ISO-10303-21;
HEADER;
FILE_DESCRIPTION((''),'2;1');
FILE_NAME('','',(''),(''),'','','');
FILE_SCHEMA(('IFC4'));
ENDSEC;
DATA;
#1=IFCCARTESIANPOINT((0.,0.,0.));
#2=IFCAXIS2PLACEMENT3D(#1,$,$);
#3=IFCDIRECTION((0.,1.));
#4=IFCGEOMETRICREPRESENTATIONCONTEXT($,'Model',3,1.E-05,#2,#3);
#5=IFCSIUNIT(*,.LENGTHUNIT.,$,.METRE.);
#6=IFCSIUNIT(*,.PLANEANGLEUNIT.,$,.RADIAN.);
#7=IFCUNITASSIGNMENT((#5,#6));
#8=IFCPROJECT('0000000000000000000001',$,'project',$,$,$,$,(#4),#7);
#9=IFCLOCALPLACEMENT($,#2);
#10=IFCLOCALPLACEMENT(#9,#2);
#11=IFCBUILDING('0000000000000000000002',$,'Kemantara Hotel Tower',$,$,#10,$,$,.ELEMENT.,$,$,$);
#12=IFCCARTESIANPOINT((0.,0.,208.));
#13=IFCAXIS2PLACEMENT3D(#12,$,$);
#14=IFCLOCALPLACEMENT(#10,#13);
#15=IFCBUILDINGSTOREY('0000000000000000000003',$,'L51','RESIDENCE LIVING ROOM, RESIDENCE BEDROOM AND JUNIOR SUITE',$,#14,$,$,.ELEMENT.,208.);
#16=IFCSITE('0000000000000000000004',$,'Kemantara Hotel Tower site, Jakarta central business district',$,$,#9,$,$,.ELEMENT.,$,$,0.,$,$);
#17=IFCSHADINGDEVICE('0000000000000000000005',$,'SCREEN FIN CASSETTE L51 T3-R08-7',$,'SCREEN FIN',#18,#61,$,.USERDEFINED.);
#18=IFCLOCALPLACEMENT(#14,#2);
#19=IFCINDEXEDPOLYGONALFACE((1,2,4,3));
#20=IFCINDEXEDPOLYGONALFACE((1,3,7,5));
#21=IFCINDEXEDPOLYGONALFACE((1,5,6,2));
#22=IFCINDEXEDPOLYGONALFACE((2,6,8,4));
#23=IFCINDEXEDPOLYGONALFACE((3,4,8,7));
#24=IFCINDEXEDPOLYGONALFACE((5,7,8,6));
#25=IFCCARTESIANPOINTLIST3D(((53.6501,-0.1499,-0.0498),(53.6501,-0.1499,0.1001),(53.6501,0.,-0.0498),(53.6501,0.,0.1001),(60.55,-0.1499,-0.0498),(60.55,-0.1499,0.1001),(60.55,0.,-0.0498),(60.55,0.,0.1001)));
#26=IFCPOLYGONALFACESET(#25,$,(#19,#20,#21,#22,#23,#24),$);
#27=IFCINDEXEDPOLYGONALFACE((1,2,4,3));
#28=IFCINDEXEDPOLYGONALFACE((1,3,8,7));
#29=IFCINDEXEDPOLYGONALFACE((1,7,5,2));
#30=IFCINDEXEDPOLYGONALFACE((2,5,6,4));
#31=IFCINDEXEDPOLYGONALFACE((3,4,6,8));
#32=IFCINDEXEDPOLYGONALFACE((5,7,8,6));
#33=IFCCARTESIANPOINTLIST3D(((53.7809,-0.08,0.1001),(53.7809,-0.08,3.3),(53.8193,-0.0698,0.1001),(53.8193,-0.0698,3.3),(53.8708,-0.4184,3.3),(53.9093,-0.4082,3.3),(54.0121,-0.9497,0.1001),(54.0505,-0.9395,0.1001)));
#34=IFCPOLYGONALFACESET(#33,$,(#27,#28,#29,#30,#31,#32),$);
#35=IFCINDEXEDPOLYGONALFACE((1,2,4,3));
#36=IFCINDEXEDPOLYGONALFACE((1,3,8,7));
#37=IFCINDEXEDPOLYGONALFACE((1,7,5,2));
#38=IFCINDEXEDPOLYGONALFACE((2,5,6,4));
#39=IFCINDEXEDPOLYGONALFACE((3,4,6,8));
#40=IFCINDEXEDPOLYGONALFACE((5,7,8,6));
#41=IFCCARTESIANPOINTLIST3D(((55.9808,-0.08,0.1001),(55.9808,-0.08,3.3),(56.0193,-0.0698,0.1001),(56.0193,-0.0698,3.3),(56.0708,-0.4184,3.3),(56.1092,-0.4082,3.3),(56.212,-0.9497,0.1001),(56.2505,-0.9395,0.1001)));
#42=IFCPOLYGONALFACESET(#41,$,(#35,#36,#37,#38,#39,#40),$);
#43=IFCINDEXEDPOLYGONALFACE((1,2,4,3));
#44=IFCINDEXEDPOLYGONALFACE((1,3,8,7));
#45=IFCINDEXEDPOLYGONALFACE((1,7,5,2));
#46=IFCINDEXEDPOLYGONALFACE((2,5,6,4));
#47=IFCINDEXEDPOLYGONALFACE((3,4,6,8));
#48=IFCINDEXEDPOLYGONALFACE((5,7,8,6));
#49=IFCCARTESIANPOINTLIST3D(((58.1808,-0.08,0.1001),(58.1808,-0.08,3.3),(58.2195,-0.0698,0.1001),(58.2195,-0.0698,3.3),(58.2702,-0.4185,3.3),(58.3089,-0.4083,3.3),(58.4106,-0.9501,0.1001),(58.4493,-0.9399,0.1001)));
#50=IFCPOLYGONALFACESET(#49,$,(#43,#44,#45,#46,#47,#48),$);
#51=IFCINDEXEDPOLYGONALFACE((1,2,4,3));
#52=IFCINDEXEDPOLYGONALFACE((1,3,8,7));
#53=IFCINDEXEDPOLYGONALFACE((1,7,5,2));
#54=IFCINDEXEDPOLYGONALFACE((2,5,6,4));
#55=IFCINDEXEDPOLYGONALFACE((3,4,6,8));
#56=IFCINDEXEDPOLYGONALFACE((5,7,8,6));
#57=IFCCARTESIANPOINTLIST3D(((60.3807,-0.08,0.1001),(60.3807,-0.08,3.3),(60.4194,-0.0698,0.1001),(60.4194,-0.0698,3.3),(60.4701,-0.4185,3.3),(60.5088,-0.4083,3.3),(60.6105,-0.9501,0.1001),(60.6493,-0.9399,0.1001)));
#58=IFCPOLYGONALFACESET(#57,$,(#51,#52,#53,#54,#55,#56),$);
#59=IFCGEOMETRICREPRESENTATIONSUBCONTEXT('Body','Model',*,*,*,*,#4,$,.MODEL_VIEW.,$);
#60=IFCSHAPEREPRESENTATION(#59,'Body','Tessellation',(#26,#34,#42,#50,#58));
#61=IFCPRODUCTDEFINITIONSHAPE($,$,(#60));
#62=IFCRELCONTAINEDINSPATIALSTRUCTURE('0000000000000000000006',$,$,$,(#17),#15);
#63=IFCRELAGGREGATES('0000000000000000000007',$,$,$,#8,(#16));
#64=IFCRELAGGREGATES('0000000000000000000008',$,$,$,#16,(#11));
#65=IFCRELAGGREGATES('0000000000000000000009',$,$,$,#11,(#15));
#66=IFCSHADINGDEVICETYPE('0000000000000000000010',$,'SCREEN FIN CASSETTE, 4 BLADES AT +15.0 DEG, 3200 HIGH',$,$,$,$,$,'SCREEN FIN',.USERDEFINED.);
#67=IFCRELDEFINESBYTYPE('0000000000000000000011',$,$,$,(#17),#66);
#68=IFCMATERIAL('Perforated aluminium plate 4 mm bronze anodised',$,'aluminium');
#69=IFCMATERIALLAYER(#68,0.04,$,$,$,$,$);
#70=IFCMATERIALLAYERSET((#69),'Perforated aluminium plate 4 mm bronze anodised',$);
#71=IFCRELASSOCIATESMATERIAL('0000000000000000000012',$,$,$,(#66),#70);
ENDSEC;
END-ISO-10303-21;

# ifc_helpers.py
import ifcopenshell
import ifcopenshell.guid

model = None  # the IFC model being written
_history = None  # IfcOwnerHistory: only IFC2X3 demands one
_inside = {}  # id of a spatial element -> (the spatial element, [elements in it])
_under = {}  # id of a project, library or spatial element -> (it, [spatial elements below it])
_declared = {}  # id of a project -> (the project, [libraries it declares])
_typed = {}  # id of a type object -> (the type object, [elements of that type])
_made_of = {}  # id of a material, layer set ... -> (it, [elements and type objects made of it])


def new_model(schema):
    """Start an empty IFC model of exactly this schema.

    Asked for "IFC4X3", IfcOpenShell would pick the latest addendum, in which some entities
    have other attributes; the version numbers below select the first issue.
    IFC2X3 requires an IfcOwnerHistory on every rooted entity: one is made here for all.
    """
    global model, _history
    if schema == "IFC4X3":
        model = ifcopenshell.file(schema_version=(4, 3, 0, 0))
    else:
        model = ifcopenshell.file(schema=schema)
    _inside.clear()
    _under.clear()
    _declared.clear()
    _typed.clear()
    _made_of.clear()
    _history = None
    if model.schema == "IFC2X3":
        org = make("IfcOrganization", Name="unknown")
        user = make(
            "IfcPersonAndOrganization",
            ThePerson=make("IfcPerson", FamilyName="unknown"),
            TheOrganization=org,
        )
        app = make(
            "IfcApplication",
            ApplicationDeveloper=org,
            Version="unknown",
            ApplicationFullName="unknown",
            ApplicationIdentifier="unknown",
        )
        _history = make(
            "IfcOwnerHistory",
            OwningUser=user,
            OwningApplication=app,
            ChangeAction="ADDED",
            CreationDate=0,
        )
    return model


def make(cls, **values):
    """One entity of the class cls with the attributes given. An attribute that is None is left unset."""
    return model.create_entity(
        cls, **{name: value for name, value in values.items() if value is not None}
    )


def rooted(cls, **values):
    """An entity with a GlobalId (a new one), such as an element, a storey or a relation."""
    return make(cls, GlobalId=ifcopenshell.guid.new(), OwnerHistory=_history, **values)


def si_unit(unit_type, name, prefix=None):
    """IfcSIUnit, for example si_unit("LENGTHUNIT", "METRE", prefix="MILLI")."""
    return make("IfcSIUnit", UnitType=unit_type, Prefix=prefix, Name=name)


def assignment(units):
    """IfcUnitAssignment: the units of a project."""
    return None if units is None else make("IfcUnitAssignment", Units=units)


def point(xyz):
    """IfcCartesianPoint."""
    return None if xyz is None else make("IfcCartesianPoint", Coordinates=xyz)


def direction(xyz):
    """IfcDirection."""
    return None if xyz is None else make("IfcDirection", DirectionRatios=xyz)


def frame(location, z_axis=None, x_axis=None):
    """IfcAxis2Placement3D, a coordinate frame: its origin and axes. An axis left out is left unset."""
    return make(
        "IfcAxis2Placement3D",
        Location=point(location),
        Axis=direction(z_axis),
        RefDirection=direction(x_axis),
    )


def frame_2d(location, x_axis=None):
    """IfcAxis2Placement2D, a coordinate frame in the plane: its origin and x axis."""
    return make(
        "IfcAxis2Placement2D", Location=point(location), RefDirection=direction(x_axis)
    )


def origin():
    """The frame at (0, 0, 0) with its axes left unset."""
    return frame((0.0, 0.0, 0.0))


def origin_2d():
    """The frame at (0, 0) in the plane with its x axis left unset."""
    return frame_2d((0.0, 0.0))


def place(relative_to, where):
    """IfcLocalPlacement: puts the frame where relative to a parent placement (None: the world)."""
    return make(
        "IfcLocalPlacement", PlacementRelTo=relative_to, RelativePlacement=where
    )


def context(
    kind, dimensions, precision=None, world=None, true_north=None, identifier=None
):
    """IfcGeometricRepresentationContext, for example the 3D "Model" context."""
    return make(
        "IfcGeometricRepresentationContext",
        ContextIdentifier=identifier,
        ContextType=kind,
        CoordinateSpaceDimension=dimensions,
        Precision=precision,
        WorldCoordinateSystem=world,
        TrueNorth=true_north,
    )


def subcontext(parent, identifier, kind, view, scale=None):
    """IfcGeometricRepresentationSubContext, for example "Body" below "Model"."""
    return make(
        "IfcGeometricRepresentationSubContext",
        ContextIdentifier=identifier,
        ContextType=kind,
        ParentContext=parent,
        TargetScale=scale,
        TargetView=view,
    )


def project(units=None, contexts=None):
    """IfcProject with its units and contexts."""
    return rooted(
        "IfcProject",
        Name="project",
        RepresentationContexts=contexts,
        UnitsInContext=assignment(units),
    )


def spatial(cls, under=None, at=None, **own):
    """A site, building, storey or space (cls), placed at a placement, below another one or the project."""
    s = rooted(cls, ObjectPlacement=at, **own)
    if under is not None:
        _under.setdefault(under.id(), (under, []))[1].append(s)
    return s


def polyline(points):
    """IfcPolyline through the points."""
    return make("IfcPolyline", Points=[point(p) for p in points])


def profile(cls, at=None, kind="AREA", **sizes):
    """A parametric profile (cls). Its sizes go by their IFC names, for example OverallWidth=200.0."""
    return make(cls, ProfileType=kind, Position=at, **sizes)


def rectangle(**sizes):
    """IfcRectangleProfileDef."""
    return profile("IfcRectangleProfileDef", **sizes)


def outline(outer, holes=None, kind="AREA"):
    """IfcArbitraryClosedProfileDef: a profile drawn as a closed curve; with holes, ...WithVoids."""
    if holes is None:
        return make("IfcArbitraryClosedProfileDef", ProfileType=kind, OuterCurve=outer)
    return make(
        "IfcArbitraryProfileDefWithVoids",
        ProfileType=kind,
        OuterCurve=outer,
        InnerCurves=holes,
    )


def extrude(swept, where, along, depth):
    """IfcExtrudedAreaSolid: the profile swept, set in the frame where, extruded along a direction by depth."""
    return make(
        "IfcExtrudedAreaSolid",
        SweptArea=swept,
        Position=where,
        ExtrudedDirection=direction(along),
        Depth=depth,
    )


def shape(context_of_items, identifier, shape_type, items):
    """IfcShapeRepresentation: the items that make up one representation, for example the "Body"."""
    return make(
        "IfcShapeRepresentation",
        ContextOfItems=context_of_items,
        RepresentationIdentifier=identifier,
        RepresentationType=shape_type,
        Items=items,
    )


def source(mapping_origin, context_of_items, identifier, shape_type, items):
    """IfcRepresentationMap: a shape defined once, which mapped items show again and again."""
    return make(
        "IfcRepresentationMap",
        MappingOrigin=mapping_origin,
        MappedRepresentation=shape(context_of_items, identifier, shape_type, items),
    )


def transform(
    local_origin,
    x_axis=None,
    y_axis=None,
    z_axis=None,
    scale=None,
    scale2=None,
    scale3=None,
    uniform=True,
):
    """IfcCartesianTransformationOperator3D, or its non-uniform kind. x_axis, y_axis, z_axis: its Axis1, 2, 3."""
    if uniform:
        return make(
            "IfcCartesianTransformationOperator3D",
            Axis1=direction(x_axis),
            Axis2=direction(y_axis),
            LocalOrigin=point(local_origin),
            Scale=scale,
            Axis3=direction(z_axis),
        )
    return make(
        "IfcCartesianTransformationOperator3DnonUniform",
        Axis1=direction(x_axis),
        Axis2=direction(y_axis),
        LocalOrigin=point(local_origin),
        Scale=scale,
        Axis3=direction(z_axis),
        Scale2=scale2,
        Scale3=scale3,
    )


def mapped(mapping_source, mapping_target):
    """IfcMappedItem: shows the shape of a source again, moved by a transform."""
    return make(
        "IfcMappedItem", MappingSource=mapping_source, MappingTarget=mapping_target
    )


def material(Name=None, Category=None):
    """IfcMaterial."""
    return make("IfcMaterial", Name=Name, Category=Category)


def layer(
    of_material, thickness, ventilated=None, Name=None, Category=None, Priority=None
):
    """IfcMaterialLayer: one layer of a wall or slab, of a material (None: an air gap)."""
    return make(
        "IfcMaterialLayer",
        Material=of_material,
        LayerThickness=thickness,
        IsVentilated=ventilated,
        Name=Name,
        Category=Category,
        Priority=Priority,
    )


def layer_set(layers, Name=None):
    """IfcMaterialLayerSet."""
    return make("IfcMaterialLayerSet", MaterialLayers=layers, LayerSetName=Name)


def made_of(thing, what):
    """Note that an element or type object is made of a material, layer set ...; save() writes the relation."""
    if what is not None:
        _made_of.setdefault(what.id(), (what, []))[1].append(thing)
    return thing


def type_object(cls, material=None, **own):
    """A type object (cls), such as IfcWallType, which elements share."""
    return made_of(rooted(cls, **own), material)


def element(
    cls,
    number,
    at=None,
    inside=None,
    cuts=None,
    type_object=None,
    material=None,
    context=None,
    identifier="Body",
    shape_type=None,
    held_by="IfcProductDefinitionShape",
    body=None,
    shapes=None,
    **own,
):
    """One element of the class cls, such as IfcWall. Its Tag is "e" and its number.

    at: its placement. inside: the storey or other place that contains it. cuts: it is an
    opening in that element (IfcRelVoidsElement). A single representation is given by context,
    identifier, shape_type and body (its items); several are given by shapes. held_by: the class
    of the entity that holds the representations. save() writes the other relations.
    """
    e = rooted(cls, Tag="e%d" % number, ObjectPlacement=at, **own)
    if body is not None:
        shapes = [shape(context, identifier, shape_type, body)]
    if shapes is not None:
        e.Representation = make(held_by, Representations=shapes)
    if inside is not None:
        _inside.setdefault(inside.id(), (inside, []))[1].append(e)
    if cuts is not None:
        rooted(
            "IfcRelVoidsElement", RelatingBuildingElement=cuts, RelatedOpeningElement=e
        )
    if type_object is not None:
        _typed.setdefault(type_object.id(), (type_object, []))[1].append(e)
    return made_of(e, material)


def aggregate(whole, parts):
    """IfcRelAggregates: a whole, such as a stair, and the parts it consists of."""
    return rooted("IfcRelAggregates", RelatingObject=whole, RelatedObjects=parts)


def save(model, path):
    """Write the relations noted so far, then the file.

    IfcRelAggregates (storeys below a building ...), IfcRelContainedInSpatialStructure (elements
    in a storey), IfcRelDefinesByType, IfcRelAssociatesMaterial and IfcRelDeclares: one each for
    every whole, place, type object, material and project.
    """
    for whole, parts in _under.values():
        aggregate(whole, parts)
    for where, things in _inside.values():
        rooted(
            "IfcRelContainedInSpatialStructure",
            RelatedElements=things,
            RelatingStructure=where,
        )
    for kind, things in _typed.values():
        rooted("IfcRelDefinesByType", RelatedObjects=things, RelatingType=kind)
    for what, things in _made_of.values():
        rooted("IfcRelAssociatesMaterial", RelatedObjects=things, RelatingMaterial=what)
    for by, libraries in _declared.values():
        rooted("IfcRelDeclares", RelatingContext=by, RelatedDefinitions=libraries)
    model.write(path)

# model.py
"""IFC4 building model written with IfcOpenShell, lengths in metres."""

from ifc_helpers import new_model, si_unit, direction, frame, origin, origin_2d, place, context, subcontext, project, spatial, polyline, rectangle, outline, extrude, source, transform, mapped, material, layer, layer_set, type_object, element, save


model = new_model("IFC4")

# Units and contexts
model_context = context("Model", 3, precision=1e-05, world=origin(), true_north=direction((0.0, 1.0)))
body_context = subcontext(model_context, "Body", "Model", "MODEL_VIEW")
ifc_project = project(units=[si_unit("LENGTHUNIT", "METRE"), si_unit("PLANEANGLEUNIT", "RADIAN")], contexts=[model_context])

# Site, building, storey
site_placement = place(None, origin())
site = spatial("IfcSite", under=ifc_project, at=site_placement, Name="Kemantara Hotel Tower site, Jakarta central business district", CompositionType="ELEMENT", RefElevation=0.0)
building_placement = place(site_placement, origin())
building = spatial("IfcBuilding", under=site, at=building_placement, Name="Kemantara Hotel Tower", CompositionType="ELEMENT")
storey_placement = place(building_placement, frame((0.0, 0.0, 208.0)))
storey = spatial("IfcBuildingStorey", under=building, at=storey_placement, Name="L51", Description="RESIDENCE LIVING ROOM, RESIDENCE BEDROOM AND JUNIOR SUITE", CompositionType="ELEMENT", Elevation=208.0)

# Shading device
ifc_material_1 = material(Name="Perforated aluminium plate 4 mm bronze anodised", Category="aluminium")
ifc_layer_1 = layer(ifc_material_1, 0.04)
ifc_layer_set_1 = layer_set([ifc_layer_1], Name="Perforated aluminium plate 4 mm bronze anodised")
shading_device_type_1 = type_object("IfcShadingDeviceType", Name="SCREEN FIN CASSETTE, 4 BLADES AT +15.0 DEG, 3200 HIGH", ElementType="SCREEN FIN", PredefinedType="USERDEFINED", material=ifc_layer_set_1)
shared_shape_1 = source(origin(), body_context, "Body", "SweptSolid", [
    extrude(rectangle(XDim=6.8999, YDim=0.1499, at=origin_2d()), frame((3.3, -0.075, -0.1499), z_axis=(0.0, 0.0, 1.0), x_axis=(1.0, 0.0, 0.0)), (0.0, 0.0, 1.0), 0.1499),
    extrude(outline(polyline([(0.0, 0.0), (0.8999, 0.0), (0.3501, 3.2), (0.0, 3.2), (0.0, 0.0)])), frame((0.0193, -0.0698, 0.0), z_axis=(-0.966438, -0.256901, 0.0), x_axis=(0.256901, -0.966438, 0.0)), (0.0, 0.0, 1.0), 0.0398),
    extrude(outline(polyline([(0.0, 0.0), (0.8999, 0.0), (0.3501, 3.2), (0.0, 3.2), (0.0, 0.0)])), frame((2.2192, -0.0698, 0.0), z_axis=(-0.966438, -0.256901, 0.0), x_axis=(0.256901, -0.966438, 0.0)), (0.0, 0.0, 1.0), 0.0398),
    extrude(outline(polyline([(0.0, 0.0), (0.8999, 0.0), (0.3501, 3.2), (0.0, 3.2), (0.0, 0.0)])), frame((4.4194, -0.0698, 0.0), z_axis=(-0.966838, -0.255391, 0.0), x_axis=(0.255391, -0.966838, 0.0)), (0.0, 0.0, 1.0), 0.04),
    extrude(outline(polyline([(0.0, 0.0), (0.8999, 0.0), (0.3501, 3.2), (0.0, 3.2), (0.0, 0.0)])), frame((6.6194, -0.0698, 0.0), z_axis=(-0.966838, -0.255391, 0.0), x_axis=(0.255391, -0.966838, 0.0)), (0.0, 0.0, 1.0), 0.04),
])
shading_device_1_placement = place(storey_placement, frame((53.8, 0.0, 0.1001), z_axis=(0.0, 0.0, 1.0), x_axis=(1.0, 0.0, 0.0)))
element("IfcShadingDevice", 1, at=shading_device_1_placement, inside=storey, type_object=shading_device_type_1, Name="SCREEN FIN CASSETTE L51 T3-R08-7", ObjectType="SCREEN FIN", PredefinedType="USERDEFINED", context=body_context, shape_type="MappedRepresentation", body=[
    mapped(shared_shape_1, transform((0.0, 0.0, 0.0))),
])

save(model, "model.ifc")
